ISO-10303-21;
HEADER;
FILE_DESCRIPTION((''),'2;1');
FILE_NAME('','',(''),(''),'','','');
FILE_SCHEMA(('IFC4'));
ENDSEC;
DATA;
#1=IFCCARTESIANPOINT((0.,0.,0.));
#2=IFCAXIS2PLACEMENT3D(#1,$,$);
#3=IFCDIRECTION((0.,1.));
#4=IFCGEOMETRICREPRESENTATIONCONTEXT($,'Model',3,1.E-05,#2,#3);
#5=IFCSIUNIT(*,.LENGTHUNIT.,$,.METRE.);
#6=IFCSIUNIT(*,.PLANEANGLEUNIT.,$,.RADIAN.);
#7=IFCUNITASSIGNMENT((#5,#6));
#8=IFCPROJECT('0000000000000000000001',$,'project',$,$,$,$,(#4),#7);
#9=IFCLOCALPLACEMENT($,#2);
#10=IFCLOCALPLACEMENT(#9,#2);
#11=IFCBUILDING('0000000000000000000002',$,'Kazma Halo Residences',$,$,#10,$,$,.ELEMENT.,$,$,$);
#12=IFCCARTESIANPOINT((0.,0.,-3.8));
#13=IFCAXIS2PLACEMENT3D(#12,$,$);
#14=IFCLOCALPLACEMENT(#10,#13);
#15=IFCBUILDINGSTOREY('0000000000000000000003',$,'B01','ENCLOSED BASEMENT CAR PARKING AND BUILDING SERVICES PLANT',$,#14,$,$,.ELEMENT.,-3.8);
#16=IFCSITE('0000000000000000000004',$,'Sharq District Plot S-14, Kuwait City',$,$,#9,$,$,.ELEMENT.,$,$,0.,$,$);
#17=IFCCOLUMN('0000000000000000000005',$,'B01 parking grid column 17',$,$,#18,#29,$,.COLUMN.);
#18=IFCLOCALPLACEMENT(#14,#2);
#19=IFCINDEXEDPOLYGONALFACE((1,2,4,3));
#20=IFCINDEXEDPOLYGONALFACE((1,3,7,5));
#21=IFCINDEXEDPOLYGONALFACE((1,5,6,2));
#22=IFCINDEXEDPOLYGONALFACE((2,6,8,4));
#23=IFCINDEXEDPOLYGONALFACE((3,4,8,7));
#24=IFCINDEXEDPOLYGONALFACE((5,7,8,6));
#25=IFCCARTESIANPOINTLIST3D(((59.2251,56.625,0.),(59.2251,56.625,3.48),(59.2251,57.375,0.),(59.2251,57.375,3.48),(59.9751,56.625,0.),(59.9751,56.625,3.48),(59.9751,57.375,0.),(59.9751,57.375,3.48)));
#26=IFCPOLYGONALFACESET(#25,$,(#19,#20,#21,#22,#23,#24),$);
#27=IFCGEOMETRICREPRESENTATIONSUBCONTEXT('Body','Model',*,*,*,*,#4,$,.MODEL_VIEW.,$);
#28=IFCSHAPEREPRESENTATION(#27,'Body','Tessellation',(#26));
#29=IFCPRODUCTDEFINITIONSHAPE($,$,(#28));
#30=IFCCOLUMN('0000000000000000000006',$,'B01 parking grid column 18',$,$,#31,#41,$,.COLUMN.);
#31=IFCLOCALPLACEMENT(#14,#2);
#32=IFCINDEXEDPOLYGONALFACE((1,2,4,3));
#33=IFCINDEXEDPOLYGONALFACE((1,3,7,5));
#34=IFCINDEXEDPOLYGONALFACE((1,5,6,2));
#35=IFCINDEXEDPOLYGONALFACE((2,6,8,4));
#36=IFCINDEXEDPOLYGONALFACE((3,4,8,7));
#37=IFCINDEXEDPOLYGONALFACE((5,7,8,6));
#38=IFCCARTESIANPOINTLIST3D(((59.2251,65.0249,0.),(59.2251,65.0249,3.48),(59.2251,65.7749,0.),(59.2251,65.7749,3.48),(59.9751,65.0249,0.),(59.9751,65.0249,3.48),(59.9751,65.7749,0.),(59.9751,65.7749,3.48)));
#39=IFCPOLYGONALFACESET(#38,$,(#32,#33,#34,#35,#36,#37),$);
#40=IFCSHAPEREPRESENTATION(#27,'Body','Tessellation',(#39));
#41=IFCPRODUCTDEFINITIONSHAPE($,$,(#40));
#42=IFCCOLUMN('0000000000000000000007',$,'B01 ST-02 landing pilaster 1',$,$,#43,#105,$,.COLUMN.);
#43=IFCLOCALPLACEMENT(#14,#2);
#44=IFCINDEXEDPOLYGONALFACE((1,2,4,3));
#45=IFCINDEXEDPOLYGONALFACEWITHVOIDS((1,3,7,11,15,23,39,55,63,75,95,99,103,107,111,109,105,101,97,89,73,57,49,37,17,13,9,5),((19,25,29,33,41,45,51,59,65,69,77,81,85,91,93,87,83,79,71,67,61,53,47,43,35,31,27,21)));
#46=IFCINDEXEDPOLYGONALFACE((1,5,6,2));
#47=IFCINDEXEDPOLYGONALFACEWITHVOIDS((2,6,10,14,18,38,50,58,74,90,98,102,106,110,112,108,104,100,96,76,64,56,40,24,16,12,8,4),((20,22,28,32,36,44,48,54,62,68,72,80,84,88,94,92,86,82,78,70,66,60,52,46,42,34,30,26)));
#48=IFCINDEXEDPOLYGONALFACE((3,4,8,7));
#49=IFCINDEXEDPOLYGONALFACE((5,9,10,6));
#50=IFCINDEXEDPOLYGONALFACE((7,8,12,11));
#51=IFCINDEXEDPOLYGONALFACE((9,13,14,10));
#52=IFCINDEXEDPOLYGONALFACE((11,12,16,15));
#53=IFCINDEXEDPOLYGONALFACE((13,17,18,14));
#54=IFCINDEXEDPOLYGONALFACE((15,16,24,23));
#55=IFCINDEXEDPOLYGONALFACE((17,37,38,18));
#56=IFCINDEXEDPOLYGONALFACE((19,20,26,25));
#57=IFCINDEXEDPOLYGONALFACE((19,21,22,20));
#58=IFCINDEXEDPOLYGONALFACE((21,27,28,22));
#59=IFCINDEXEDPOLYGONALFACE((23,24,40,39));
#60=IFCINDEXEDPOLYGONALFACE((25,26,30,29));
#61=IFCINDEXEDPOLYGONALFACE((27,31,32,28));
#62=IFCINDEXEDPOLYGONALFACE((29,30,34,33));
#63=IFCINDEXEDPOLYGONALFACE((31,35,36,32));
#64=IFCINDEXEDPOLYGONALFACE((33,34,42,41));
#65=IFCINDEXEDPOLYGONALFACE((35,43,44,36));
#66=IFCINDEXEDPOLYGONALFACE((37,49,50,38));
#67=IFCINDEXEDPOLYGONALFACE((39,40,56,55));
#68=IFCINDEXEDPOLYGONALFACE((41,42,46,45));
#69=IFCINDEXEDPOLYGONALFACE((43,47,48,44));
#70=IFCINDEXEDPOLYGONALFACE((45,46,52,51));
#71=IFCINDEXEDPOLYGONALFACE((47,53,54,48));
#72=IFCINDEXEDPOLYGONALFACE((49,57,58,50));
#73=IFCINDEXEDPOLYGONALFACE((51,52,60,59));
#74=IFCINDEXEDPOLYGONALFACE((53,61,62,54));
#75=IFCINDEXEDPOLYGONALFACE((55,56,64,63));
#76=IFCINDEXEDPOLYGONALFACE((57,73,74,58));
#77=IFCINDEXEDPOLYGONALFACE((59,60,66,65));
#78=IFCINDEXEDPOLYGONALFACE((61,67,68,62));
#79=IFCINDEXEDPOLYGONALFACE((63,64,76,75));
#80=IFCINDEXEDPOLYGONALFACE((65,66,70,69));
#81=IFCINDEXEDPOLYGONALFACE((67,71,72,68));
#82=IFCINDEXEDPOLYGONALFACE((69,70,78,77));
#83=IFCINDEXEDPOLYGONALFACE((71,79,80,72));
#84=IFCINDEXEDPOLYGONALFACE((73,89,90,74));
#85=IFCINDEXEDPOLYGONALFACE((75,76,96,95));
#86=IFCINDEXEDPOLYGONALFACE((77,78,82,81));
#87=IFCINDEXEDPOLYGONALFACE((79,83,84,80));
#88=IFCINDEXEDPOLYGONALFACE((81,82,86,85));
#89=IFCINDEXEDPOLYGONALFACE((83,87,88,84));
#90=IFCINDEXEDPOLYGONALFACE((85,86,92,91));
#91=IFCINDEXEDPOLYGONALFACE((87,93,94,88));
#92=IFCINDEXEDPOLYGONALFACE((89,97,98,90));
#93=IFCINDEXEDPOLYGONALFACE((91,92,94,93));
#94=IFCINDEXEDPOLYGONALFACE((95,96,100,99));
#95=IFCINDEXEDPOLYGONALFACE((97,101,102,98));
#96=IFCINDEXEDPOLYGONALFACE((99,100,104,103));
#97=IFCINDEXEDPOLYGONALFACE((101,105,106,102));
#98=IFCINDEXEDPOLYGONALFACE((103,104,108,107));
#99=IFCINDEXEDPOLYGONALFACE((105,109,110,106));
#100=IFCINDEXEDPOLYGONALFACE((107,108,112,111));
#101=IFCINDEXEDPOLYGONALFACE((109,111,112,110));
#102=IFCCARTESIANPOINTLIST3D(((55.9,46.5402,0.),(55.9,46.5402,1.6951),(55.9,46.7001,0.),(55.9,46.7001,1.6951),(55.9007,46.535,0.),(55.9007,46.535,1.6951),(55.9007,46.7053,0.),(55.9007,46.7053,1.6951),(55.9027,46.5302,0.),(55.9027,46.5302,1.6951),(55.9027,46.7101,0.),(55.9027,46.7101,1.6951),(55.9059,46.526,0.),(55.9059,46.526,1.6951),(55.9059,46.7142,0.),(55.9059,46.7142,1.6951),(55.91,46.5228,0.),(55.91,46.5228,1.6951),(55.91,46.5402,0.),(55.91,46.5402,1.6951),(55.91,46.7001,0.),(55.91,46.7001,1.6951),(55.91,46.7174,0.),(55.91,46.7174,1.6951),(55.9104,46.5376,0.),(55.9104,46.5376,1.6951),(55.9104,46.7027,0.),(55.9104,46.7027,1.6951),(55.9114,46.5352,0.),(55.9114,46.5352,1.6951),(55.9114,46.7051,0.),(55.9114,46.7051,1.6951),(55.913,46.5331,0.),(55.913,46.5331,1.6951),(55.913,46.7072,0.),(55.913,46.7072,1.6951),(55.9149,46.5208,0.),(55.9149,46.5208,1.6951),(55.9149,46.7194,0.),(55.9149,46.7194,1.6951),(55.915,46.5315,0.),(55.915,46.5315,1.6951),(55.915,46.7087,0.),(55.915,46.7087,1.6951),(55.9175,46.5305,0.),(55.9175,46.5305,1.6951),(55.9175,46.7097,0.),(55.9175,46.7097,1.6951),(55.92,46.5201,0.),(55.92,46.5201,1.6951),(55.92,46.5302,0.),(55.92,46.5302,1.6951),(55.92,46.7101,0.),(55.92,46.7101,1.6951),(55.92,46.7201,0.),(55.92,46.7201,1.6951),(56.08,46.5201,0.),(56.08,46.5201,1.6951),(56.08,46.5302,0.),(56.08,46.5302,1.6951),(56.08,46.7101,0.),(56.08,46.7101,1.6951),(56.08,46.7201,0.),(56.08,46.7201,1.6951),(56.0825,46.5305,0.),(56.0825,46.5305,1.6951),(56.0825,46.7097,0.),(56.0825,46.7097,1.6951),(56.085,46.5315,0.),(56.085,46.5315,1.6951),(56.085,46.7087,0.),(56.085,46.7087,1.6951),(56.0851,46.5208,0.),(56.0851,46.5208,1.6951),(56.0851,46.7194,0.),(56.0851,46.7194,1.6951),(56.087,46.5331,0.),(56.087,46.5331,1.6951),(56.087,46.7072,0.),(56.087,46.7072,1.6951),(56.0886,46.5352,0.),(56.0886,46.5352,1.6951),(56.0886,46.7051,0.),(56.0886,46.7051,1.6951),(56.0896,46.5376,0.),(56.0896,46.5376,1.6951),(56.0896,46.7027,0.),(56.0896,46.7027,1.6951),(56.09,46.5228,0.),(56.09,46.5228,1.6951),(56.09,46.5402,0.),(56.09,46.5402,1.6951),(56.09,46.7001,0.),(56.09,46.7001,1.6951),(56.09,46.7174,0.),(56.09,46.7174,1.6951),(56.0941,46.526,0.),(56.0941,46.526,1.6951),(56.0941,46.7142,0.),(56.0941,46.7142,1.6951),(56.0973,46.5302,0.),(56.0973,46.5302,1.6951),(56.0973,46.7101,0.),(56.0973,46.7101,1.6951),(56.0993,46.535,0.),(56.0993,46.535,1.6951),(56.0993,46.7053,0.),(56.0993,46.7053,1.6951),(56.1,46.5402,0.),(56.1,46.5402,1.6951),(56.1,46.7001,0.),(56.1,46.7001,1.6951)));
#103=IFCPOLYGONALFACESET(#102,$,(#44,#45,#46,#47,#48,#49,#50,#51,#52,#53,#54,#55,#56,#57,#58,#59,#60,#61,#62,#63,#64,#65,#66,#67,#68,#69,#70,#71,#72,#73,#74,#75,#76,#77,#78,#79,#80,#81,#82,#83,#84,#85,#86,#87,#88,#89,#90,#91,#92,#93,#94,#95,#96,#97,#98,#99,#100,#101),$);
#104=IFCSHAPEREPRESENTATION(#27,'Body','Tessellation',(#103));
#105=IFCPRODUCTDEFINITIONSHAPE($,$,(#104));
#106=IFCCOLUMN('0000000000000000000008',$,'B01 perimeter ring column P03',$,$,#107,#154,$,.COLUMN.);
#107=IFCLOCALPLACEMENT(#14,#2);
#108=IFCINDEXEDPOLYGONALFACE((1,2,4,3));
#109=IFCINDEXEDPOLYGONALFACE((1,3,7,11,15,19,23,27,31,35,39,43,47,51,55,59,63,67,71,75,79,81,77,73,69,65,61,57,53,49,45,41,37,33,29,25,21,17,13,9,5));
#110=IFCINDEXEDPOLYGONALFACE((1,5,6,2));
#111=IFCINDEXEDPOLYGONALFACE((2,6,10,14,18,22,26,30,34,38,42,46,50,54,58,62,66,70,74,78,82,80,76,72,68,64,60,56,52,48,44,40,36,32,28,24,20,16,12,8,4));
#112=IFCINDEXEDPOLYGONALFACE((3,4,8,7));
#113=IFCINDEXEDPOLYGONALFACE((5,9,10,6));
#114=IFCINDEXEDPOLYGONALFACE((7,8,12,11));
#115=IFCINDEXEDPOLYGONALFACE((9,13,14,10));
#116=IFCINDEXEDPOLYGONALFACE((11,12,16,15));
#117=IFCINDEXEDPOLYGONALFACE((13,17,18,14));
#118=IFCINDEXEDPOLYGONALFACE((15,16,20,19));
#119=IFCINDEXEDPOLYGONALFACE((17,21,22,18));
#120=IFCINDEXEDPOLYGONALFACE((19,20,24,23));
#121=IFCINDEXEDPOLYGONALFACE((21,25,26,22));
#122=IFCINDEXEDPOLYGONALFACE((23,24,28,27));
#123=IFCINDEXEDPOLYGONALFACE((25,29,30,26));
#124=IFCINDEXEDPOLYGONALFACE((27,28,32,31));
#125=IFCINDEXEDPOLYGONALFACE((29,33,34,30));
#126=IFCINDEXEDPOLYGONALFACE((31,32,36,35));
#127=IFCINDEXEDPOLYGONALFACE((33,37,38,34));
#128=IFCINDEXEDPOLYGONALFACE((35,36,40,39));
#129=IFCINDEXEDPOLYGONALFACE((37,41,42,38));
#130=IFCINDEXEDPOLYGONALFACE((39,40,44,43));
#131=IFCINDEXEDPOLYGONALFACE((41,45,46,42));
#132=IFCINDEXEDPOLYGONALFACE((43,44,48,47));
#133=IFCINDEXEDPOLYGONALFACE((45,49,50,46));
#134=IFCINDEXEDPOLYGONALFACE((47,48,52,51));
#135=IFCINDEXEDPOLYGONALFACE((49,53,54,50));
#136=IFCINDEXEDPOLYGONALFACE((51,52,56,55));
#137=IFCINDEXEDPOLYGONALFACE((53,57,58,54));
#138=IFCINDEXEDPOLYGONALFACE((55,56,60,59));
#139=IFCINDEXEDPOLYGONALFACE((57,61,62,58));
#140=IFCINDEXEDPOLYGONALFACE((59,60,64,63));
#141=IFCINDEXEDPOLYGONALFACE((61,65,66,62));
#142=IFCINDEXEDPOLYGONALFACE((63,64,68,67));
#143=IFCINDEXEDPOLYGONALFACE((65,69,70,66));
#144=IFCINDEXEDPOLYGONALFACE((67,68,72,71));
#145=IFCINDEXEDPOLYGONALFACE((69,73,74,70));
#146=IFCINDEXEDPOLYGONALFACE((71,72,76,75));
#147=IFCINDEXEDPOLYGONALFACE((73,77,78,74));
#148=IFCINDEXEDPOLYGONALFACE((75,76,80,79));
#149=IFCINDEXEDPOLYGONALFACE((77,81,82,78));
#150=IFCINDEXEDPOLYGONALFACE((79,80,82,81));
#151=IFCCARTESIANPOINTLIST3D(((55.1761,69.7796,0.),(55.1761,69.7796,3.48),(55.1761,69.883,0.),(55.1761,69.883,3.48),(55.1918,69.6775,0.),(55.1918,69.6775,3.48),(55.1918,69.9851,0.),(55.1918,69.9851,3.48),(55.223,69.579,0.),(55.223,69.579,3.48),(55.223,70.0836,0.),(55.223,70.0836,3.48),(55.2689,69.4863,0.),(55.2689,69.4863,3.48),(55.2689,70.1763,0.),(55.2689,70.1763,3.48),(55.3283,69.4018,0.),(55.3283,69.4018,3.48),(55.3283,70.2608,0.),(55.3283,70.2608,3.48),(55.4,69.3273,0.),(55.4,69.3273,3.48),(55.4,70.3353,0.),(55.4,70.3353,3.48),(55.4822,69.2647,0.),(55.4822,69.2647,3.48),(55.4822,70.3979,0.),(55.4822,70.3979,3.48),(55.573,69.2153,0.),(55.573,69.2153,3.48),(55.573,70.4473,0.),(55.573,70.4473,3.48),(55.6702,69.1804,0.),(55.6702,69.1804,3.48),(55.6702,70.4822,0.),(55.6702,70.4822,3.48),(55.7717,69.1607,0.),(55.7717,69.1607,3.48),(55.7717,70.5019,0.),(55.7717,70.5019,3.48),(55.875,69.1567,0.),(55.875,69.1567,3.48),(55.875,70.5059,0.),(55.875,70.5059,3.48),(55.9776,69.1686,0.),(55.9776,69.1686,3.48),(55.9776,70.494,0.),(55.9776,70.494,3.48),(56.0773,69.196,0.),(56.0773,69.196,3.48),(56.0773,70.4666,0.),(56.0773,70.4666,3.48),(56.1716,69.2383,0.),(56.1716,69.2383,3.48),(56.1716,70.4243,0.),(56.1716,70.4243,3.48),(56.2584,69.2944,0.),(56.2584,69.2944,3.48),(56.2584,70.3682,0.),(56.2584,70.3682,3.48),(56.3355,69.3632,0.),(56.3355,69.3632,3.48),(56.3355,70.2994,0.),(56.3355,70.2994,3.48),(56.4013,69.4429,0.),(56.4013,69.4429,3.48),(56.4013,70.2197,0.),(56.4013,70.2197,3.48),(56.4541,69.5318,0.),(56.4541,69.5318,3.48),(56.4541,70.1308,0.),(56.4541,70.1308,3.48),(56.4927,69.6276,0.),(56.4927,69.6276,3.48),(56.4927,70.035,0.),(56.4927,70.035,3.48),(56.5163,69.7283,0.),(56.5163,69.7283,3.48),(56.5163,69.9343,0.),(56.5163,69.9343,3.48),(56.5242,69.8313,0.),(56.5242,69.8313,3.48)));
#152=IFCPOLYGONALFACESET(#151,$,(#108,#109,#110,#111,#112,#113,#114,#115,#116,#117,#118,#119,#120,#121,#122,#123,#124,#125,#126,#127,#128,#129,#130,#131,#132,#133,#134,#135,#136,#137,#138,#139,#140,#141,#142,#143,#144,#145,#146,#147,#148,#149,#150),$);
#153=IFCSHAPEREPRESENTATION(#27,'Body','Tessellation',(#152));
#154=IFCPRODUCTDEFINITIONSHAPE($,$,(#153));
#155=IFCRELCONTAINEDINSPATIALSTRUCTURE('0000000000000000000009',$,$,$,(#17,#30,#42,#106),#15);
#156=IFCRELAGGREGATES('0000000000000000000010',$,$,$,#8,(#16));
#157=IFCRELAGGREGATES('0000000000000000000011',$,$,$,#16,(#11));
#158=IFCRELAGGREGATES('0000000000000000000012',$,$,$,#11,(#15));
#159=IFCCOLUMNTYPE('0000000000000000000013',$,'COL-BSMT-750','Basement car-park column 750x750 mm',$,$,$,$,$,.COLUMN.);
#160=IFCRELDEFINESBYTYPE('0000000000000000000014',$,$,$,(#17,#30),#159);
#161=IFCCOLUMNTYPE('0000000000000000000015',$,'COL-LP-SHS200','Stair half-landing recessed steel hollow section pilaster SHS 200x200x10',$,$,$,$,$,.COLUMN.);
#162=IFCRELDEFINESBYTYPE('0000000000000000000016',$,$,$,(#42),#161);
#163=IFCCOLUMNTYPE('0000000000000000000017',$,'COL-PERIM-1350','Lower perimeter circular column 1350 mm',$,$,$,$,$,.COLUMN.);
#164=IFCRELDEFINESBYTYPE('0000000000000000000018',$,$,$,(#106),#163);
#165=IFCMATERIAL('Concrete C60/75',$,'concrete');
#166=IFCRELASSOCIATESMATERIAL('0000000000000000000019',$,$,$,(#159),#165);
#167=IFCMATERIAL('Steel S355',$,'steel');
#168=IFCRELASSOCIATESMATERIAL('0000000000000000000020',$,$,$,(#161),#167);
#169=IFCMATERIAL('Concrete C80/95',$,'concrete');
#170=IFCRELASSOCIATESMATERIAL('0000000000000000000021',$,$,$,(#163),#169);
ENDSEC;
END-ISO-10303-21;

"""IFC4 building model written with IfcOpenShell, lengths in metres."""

from ifc_helpers import new_model, si_unit, direction, frame, origin, origin_2d, place, context, subcontext, project, spatial, rectangle, hollow_rectangle, circle, extrude, material, material_profile, profile_set, type_object, element, save


model = new_model("IFC4")

# Units and contexts
model_context = context("Model", 3, precision=1e-05, world=origin(), true_north=direction((0.0, 1.0)))
body_context = subcontext(model_context, "Body", "Model", "MODEL_VIEW")
ifc_project = project(units=[si_unit("LENGTHUNIT", "METRE"), si_unit("PLANEANGLEUNIT", "RADIAN")], contexts=[model_context])

# Site, building, storey
site_placement = place(None, origin())
site = spatial("IfcSite", under=ifc_project, at=site_placement, Name="Sharq District Plot S-14, Kuwait City", CompositionType="ELEMENT", RefElevation=0.0)
building_placement = place(site_placement, origin())
building = spatial("IfcBuilding", under=site, at=building_placement, Name="Kazma Halo Residences", CompositionType="ELEMENT")
storey_placement = place(building_placement, frame((0.0, 0.0, -3.8)))
storey = spatial("IfcBuildingStorey", under=building, at=storey_placement, Name="B01", Description="ENCLOSED BASEMENT CAR PARKING AND BUILDING SERVICES PLANT", CompositionType="ELEMENT", Elevation=-3.8)

# Columns
ifc_material_1 = material(Name="Concrete C60/75", Category="concrete")
ifc_material_profile_1 = material_profile(ifc_material_1, rectangle(XDim=0.75, YDim=0.75, at=origin_2d()), Name="RECT750x750")
ifc_profile_set_1 = profile_set([ifc_material_profile_1], Name="Concrete C60/75")
column_type_1 = type_object("IfcColumnType", Name="COL-BSMT-750", Description="Basement car-park column 750x750 mm", PredefinedType="COLUMN", material=ifc_profile_set_1)
for number, where, z_axis, x_axis, name in (
    (1, (59.6001, 57.0, 0.0), (0.0, 0.0, 1.0), (1.0, 0.0, 0.0), "B01 parking grid column 17"),
    (2, (59.6001, 65.3999, 0.0), (0.0, 0.0, 1.0), (1.0, 0.0, 0.0), "B01 parking grid column 18"),
):
    element("IfcColumn", number, at=place(storey_placement, frame(where, z_axis=z_axis, x_axis=x_axis)), inside=storey, type_object=column_type_1, Name=name, PredefinedType="COLUMN", context=body_context, shape_type="SweptSolid", body=[
        extrude(rectangle(XDim=0.75, YDim=0.75, at=origin_2d()), origin(), (0.0, 0.0, 1.0), 3.48),
    ])
ifc_material_2 = material(Name="Steel S355", Category="steel")
ifc_material_profile_2 = material_profile(ifc_material_2, hollow_rectangle(XDim=0.2, YDim=0.2, WallThickness=0.01, InnerFilletRadius=0.01, OuterFilletRadius=0.02, at=origin_2d()), Name="SHS200x200x10")
ifc_profile_set_2 = profile_set([ifc_material_profile_2], Name="Steel S355")
column_type_2 = type_object("IfcColumnType", Name="COL-LP-SHS200", Description="Stair half-landing recessed steel hollow section pilaster SHS 200x200x10", PredefinedType="COLUMN", material=ifc_profile_set_2)
column_1_placement = place(storey_placement, frame((56.0, 46.6201, 0.0), z_axis=(0.0, 0.0, 1.0), x_axis=(1.0, 0.0, 0.0)))
element("IfcColumn", 3, at=column_1_placement, inside=storey, type_object=column_type_2, Name="B01 ST-02 landing pilaster 1", PredefinedType="COLUMN", context=body_context, shape_type="SweptSolid", body=[
    extrude(hollow_rectangle(XDim=0.2, YDim=0.2, WallThickness=0.01, InnerFilletRadius=0.01, OuterFilletRadius=0.02, at=origin_2d()), origin(), (0.0, 0.0, 1.0), 1.6951),
])
ifc_material_3 = material(Name="Concrete C80/95", Category="concrete")
ifc_material_profile_3 = material_profile(ifc_material_3, circle(Radius=0.675, at=origin_2d()), Name="CIRC1350")
ifc_profile_set_3 = profile_set([ifc_material_profile_3], Name="Concrete C80/95")
column_type_3 = type_object("IfcColumnType", Name="COL-PERIM-1350", Description="Lower perimeter circular column 1350 mm", PredefinedType="COLUMN", material=ifc_profile_set_3)
column_2_placement = place(storey_placement, frame((55.8491, 69.8313, 0.0), z_axis=(0.0, 0.0, 1.0), x_axis=(1.0, 0.0, 0.0)))
element("IfcColumn", 4, at=column_2_placement, inside=storey, type_object=column_type_3, Name="B01 perimeter ring column P03", PredefinedType="COLUMN", context=body_context, shape_type="SweptSolid", body=[
    extrude(circle(Radius=0.675, at=origin_2d()), origin(), (0.0, 0.0, 1.0), 3.48),
])

save(model, "model.ifc")
